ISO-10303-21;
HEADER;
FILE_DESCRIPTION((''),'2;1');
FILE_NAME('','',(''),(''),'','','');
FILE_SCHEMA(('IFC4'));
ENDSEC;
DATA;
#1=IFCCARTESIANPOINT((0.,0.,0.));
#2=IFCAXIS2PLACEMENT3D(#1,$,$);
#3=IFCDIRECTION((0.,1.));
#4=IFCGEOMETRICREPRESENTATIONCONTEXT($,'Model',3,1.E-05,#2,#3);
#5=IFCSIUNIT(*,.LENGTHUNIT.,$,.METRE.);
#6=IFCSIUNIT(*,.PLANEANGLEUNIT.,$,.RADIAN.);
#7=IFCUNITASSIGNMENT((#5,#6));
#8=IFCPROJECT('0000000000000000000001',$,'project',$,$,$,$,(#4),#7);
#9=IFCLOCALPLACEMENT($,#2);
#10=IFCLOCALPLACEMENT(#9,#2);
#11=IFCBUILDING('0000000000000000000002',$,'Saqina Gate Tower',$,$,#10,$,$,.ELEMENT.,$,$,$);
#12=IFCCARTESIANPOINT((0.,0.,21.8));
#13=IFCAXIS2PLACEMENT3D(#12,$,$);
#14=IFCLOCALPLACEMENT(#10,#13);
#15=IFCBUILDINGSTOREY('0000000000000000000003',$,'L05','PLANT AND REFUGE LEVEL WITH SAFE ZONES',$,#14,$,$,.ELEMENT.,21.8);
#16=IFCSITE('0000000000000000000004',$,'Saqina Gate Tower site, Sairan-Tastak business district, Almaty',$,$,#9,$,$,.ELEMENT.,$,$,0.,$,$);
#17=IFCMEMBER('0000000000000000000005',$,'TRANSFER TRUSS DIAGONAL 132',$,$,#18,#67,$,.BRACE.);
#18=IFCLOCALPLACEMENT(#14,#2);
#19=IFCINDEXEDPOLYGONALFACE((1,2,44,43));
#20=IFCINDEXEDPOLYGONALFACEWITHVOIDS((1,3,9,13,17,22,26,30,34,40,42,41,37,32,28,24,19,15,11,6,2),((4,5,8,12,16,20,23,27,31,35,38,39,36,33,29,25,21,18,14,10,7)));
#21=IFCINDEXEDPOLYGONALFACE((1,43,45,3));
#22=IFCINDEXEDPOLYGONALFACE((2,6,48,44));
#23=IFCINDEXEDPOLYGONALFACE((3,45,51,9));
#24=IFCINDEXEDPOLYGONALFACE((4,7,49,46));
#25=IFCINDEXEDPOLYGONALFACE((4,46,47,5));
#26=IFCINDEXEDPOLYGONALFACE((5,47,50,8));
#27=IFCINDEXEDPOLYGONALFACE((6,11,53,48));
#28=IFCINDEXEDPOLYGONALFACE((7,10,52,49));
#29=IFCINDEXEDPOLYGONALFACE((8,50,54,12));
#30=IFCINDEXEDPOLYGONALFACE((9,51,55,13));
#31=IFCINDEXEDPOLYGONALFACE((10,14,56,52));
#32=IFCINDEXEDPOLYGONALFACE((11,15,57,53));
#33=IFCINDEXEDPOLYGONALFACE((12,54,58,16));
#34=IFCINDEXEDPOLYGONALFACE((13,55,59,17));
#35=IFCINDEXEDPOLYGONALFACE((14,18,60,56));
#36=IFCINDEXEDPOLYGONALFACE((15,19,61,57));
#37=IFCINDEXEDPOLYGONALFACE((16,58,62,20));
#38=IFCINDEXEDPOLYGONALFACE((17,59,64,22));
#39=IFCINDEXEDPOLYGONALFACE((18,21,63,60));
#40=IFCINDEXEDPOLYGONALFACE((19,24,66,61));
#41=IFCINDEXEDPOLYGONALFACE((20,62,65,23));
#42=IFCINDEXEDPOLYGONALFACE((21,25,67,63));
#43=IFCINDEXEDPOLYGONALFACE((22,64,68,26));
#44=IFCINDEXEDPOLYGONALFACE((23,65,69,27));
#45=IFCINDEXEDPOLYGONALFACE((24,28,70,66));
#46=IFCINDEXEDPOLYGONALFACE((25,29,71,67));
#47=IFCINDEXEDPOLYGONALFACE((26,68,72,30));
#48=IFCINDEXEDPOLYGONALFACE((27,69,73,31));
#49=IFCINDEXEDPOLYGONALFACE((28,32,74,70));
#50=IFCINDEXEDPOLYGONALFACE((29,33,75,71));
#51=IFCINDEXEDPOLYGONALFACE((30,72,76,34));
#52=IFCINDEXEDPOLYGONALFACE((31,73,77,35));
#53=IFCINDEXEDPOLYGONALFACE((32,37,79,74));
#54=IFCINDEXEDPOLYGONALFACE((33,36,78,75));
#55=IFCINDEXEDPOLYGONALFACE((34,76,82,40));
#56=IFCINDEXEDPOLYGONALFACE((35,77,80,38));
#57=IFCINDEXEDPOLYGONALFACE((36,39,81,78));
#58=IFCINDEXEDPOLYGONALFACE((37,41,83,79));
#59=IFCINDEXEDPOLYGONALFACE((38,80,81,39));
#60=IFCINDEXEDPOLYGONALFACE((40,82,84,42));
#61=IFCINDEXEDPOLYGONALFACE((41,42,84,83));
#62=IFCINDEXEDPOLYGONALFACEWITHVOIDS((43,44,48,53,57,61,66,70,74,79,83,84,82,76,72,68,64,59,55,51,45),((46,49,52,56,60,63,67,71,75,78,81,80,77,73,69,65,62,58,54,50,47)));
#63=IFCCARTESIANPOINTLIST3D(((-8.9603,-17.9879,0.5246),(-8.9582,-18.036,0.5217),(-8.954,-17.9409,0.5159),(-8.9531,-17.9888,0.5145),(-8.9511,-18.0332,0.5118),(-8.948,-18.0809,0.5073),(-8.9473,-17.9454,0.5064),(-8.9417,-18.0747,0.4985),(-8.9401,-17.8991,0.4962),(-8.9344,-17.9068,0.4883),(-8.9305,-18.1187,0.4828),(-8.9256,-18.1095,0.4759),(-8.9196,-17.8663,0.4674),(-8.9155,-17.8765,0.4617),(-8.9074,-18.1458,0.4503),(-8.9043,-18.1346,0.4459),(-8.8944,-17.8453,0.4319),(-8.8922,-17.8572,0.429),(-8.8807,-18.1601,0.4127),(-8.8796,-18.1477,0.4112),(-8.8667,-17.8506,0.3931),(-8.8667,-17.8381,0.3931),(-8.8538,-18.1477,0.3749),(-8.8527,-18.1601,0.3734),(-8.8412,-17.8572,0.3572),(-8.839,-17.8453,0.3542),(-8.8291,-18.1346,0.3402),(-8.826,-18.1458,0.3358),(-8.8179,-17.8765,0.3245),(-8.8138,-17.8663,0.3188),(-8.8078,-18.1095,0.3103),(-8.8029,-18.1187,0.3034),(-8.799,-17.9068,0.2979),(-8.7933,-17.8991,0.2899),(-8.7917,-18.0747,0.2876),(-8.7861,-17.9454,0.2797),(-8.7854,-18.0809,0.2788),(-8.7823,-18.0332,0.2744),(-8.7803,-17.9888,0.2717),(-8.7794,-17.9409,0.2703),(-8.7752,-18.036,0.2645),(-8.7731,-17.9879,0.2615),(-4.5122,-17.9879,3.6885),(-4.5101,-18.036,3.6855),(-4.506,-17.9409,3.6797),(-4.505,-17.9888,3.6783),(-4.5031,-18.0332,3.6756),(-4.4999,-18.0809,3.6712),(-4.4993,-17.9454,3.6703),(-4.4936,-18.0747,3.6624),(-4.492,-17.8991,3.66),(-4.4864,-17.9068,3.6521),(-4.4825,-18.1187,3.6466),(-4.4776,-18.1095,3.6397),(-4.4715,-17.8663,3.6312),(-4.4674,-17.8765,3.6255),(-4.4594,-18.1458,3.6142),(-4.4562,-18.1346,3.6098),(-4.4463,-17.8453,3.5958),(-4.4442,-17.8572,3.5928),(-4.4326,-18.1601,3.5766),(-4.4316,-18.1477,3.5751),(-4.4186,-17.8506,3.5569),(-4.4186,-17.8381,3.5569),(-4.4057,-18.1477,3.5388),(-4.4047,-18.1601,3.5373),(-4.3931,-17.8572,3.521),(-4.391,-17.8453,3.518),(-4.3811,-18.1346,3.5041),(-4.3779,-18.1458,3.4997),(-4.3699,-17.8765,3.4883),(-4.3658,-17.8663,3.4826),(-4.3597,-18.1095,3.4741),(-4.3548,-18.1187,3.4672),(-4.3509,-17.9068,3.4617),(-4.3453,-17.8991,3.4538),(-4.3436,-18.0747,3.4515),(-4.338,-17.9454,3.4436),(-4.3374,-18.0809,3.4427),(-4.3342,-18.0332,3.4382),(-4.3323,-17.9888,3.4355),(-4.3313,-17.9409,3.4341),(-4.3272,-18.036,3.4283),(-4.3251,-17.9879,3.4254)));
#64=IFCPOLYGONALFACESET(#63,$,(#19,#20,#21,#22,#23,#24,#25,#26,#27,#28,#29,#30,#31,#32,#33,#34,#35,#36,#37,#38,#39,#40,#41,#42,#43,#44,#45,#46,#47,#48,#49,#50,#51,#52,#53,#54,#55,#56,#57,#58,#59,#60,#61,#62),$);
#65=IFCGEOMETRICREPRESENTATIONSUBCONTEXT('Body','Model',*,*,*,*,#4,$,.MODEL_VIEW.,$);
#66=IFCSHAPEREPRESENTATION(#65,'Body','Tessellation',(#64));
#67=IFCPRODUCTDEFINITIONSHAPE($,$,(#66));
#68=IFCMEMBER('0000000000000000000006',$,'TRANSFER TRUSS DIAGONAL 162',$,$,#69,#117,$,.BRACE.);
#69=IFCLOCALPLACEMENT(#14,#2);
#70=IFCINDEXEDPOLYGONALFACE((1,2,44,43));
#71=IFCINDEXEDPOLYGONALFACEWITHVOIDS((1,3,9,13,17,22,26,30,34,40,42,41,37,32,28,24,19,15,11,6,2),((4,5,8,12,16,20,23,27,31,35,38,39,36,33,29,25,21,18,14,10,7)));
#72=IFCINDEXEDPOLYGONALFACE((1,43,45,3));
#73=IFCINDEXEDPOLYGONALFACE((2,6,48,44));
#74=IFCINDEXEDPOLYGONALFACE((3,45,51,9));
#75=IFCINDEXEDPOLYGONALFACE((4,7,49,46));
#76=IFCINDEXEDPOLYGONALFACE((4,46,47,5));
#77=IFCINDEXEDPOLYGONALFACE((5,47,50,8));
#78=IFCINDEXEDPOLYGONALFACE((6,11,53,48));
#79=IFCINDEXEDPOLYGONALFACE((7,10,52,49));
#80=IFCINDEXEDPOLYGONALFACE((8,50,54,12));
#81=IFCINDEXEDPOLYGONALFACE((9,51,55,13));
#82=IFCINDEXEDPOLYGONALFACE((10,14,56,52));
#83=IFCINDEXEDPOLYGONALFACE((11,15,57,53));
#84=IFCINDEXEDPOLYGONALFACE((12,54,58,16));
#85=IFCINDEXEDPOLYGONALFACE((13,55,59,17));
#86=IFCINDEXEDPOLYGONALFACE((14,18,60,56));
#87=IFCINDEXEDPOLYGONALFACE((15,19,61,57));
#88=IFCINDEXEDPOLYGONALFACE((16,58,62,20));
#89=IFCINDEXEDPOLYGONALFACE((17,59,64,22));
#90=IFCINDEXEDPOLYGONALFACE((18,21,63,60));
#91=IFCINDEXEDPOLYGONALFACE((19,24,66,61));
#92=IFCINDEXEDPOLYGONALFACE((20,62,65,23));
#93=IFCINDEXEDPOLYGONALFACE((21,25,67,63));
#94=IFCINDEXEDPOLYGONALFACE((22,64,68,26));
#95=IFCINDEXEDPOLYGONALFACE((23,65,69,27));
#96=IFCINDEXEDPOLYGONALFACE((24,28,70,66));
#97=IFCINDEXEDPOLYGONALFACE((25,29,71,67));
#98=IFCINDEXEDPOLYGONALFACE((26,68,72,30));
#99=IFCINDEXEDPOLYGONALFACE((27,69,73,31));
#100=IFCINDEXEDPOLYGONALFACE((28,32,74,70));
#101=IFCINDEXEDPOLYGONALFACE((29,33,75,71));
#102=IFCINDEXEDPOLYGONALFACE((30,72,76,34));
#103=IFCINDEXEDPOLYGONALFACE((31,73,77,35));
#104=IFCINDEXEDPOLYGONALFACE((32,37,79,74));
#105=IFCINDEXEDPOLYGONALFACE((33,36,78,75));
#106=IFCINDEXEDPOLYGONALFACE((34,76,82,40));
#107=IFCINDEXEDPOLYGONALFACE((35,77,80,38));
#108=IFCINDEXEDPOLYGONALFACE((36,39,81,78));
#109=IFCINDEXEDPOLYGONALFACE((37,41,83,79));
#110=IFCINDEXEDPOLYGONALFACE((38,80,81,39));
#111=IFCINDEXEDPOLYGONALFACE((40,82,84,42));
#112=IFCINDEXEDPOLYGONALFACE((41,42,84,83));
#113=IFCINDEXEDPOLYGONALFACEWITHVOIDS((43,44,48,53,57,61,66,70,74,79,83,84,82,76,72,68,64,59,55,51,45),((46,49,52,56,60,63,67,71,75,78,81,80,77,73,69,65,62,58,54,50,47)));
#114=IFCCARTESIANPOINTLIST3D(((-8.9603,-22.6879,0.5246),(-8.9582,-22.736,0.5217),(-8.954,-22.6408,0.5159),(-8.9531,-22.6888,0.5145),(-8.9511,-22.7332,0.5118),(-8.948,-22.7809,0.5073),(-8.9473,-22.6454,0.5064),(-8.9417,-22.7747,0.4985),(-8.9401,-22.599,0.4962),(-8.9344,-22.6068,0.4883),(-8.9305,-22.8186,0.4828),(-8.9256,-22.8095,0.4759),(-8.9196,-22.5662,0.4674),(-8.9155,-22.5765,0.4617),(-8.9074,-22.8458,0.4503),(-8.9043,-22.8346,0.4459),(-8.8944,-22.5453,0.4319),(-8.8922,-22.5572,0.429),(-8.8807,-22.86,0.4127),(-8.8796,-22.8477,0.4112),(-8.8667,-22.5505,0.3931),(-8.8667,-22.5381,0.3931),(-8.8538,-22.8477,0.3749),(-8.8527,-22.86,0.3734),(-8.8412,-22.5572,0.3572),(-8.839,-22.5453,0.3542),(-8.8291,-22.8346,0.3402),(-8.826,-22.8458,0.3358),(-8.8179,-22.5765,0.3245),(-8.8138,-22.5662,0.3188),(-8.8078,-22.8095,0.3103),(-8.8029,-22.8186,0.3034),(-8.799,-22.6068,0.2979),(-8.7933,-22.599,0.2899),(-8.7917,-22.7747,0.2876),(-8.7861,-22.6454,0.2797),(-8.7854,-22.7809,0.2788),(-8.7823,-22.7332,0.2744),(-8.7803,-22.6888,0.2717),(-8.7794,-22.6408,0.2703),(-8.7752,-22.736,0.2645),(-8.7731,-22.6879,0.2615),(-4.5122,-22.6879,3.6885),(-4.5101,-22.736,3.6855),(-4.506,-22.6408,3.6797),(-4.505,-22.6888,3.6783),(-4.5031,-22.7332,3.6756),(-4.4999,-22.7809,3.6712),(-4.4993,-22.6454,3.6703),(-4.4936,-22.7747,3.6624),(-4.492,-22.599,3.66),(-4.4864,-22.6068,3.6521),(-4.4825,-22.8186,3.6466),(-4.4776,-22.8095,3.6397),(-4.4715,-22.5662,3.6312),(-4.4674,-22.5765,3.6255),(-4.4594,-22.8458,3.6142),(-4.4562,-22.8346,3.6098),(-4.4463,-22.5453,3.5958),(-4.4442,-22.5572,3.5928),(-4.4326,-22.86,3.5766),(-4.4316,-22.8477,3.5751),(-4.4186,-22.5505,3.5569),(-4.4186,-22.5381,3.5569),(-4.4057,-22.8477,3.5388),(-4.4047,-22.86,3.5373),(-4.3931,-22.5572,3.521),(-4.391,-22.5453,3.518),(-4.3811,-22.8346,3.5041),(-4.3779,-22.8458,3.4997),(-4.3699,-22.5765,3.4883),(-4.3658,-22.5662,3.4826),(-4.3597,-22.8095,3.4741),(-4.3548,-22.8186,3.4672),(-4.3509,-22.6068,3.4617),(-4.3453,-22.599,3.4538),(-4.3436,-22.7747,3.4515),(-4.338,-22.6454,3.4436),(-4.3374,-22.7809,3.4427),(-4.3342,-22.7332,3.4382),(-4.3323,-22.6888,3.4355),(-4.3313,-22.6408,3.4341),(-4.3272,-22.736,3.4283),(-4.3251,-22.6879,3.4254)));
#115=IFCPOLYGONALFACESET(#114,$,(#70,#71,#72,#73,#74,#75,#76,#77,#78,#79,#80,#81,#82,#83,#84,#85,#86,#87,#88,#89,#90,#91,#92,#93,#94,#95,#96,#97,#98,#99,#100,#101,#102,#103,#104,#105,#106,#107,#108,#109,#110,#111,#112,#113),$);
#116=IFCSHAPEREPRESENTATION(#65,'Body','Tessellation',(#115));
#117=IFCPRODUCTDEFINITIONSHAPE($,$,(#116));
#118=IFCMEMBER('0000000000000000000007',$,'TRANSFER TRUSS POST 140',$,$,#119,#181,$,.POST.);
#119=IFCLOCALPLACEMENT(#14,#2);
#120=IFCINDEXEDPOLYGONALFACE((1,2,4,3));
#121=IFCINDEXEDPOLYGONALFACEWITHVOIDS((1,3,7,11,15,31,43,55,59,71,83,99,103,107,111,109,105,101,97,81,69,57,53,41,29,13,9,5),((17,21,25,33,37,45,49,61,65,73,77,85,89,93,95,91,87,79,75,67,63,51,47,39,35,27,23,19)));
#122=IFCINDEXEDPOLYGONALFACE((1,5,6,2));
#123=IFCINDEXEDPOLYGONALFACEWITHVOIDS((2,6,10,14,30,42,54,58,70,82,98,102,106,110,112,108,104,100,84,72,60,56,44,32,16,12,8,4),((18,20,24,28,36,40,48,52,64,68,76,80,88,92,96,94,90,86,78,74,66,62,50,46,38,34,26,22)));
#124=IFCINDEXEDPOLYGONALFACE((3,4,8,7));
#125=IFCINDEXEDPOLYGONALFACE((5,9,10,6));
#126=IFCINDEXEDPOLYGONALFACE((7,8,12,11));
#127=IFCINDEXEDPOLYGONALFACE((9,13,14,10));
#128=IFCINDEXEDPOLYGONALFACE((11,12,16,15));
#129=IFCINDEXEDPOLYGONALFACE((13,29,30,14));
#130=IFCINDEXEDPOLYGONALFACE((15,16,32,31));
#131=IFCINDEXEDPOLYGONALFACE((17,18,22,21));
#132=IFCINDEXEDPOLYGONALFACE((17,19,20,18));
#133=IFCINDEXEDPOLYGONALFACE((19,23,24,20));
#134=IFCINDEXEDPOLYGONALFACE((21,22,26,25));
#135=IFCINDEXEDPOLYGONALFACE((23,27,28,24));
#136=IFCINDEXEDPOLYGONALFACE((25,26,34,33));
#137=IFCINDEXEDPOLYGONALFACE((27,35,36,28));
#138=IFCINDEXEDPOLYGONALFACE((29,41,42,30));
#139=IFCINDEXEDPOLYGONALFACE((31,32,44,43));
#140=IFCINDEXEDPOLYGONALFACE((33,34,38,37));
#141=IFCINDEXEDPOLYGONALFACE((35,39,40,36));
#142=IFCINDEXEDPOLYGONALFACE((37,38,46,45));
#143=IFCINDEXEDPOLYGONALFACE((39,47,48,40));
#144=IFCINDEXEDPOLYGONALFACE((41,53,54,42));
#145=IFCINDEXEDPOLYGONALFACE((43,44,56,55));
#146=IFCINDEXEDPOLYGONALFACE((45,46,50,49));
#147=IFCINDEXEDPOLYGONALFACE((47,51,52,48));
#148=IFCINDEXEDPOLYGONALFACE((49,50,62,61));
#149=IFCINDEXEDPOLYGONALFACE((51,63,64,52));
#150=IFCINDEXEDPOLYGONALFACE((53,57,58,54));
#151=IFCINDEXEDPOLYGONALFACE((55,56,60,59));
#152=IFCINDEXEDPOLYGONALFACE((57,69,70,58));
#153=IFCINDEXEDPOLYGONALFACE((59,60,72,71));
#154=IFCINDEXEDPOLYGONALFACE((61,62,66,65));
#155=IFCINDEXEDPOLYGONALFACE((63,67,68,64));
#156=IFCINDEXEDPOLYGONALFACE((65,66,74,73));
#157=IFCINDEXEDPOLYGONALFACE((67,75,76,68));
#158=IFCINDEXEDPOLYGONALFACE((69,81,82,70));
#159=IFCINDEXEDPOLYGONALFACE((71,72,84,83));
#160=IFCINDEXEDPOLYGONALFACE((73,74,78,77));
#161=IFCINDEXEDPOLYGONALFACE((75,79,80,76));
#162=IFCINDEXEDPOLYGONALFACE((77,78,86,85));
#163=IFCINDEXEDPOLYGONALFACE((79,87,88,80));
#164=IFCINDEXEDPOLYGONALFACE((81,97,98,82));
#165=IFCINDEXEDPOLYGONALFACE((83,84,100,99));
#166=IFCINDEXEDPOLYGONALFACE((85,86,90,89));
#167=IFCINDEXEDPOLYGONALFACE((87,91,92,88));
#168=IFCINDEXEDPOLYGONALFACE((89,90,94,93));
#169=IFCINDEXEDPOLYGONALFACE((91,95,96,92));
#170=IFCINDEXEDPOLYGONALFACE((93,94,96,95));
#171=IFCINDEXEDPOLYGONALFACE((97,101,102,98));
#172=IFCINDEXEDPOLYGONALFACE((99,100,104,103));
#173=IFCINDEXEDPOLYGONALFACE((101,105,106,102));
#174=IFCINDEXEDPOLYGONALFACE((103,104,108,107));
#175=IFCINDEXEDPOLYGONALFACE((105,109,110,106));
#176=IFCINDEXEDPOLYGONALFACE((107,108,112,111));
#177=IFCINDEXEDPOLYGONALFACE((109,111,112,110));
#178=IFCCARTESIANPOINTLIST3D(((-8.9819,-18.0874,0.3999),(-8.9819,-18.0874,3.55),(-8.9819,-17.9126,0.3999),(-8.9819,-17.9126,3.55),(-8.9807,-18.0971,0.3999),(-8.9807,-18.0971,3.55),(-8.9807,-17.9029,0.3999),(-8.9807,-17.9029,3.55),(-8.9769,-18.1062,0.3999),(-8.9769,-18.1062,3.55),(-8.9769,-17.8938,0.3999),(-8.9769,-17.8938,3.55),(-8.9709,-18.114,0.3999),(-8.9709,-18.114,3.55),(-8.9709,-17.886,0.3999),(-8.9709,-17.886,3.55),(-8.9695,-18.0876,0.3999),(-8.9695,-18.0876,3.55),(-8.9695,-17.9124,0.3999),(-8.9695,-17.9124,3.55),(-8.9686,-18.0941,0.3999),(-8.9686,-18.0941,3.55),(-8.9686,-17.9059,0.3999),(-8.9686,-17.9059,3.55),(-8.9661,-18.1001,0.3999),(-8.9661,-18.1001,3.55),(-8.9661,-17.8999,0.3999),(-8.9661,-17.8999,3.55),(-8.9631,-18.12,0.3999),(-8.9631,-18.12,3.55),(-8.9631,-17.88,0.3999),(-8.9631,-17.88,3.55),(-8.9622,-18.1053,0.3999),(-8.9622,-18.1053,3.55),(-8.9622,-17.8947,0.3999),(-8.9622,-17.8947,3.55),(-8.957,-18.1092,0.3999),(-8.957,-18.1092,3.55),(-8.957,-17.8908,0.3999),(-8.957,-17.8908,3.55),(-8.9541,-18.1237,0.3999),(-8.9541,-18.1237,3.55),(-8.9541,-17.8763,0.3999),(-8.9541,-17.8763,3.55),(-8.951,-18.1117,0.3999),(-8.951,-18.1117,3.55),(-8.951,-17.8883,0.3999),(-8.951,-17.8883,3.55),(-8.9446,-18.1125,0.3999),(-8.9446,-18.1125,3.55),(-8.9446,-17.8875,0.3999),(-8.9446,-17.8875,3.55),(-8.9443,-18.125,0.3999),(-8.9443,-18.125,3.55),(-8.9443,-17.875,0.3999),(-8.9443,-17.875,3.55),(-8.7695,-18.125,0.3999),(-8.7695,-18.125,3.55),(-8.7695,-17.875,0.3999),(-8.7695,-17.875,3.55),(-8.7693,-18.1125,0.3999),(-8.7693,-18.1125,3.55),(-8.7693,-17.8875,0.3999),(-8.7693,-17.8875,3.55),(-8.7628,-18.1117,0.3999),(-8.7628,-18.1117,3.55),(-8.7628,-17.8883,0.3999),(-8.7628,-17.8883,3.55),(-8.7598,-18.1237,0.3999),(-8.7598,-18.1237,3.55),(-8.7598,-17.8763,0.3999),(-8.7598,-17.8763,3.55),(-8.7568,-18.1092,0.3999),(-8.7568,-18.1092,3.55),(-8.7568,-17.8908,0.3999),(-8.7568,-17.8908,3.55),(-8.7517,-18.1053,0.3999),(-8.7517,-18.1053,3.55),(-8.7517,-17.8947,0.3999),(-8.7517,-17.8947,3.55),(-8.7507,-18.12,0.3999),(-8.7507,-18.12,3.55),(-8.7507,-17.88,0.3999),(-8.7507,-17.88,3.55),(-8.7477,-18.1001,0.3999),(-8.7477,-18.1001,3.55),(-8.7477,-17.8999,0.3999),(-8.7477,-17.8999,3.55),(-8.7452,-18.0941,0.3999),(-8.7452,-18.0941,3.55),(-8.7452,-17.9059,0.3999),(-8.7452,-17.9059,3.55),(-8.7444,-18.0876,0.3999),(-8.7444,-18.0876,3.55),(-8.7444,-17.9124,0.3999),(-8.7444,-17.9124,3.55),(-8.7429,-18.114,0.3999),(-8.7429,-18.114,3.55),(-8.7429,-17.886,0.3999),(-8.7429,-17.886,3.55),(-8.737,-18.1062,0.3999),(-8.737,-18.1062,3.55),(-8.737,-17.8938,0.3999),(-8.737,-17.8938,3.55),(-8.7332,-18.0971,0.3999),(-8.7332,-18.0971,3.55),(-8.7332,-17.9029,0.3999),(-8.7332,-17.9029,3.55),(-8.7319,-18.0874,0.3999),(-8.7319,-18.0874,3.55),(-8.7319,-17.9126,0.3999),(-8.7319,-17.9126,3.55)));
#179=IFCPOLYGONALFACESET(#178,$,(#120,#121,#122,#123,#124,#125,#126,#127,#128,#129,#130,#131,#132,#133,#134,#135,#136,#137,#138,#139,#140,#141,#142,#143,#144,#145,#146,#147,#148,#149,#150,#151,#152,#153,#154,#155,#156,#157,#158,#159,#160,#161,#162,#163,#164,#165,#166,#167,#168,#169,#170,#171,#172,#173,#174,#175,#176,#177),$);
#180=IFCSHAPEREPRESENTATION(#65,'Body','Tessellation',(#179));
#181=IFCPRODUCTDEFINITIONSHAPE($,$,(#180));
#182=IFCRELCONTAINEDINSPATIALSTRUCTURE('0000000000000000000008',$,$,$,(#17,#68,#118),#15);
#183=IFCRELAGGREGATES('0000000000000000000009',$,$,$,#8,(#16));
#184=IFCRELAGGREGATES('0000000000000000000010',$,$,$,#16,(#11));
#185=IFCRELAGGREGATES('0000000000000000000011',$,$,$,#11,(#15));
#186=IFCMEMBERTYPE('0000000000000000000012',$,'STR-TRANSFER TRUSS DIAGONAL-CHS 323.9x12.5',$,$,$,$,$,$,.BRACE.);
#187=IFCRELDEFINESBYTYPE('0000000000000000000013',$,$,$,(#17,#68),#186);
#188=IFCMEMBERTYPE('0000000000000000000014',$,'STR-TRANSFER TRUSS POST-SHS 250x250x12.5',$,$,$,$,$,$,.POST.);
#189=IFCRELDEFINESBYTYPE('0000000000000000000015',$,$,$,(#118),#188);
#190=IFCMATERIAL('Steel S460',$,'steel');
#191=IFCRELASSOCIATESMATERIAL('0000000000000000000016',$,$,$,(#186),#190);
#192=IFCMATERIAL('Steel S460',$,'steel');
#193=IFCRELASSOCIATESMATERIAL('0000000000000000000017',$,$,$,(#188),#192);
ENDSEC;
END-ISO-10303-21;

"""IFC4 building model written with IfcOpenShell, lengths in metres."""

from ifc_helpers import new_model, si_unit, direction, frame, origin, origin_2d, place, context, subcontext, project, spatial, hollow_rectangle, hollow_circle, extrude, material, material_profile, profile_set, type_object, element, save


model = new_model("IFC4")

# Units and contexts
model_context = context("Model", 3, precision=1e-05, world=origin(), true_north=direction((0.0, 1.0)))
body_context = subcontext(model_context, "Body", "Model", "MODEL_VIEW")
ifc_project = project(units=[si_unit("LENGTHUNIT", "METRE"), si_unit("PLANEANGLEUNIT", "RADIAN")], contexts=[model_context])

# Site, building, storey
site_placement = place(None, origin())
site = spatial("IfcSite", under=ifc_project, at=site_placement, Name="Saqina Gate Tower site, Sairan-Tastak business district, Almaty", CompositionType="ELEMENT", RefElevation=0.0)
building_placement = place(site_placement, origin())
building = spatial("IfcBuilding", under=site, at=building_placement, Name="Saqina Gate Tower", CompositionType="ELEMENT")
storey_placement = place(building_placement, frame((0.0, 0.0, 21.8)))
storey = spatial("IfcBuildingStorey", under=building, at=storey_placement, Name="L05", Description="PLANT AND REFUGE LEVEL WITH SAFE ZONES", CompositionType="ELEMENT", Elevation=21.8)

# Members
ifc_material_1 = material(Name="Steel S460", Category="steel")
ifc_material_profile_1 = material_profile(ifc_material_1, hollow_circle(Radius=0.1619, WallThickness=0.0125, at=origin_2d()), Name="CHS 323.9x12.5")
ifc_profile_set_1 = profile_set([ifc_material_profile_1], Name="Steel S460")
member_type_1 = type_object("IfcMemberType", Name="STR-TRANSFER TRUSS DIAGONAL-CHS 323.9x12.5", PredefinedType="BRACE", material=ifc_profile_set_1)
for number, where, z_axis, x_axis, name in (
    (1, (-8.8667, -18.0, 0.3931), (0.814886, 0.0, 0.579621), (0.0, 1.0, 0.0), "TRANSFER TRUSS DIAGONAL 132"),
    (2, (-8.8667, -22.7, 0.3931), (0.814886, 0.0, 0.579621), (0.0, 1.0, 0.0), "TRANSFER TRUSS DIAGONAL 162"),
):
    element("IfcMember", number, at=place(storey_placement, frame(where, z_axis=z_axis, x_axis=x_axis)), inside=storey, type_object=member_type_1, Name=name, PredefinedType="BRACE", context=body_context, shape_type="SweptSolid", body=[
        extrude(hollow_circle(Radius=0.1619, WallThickness=0.0125, at=origin_2d()), origin(), (0.0, 0.0, 1.0), 5.4585),
    ])
ifc_material_2 = material(Name="Steel S460", Category="steel")
ifc_material_profile_2 = material_profile(ifc_material_2, hollow_rectangle(XDim=0.25, YDim=0.25, WallThickness=0.0125, InnerFilletRadius=0.0249, OuterFilletRadius=0.0376, at=origin_2d()), Name="SHS 250x250x12.5")
ifc_profile_set_2 = profile_set([ifc_material_profile_2], Name="Steel S460")
member_type_2 = type_object("IfcMemberType", Name="STR-TRANSFER TRUSS POST-SHS 250x250x12.5", PredefinedType="POST", material=ifc_profile_set_2)
for number, where, z_axis, x_axis, name in (
    (3, (-8.8569, -18.0, 0.3999), (0.0, 0.0, 1.0), (1.0, 0.0, 0.0), "TRANSFER TRUSS POST 140"),
):
    element("IfcMember", number, at=place(storey_placement, frame(where, z_axis=z_axis, x_axis=x_axis)), inside=storey, type_object=member_type_2, Name=name, PredefinedType="POST", context=body_context, shape_type="SweptSolid", body=[
        extrude(hollow_rectangle(XDim=0.25, YDim=0.25, WallThickness=0.0125, InnerFilletRadius=0.0249, OuterFilletRadius=0.0376, at=origin_2d()), origin(), (0.0, 0.0, 1.0), 3.1501),
    ])

save(model, "model.ifc")
